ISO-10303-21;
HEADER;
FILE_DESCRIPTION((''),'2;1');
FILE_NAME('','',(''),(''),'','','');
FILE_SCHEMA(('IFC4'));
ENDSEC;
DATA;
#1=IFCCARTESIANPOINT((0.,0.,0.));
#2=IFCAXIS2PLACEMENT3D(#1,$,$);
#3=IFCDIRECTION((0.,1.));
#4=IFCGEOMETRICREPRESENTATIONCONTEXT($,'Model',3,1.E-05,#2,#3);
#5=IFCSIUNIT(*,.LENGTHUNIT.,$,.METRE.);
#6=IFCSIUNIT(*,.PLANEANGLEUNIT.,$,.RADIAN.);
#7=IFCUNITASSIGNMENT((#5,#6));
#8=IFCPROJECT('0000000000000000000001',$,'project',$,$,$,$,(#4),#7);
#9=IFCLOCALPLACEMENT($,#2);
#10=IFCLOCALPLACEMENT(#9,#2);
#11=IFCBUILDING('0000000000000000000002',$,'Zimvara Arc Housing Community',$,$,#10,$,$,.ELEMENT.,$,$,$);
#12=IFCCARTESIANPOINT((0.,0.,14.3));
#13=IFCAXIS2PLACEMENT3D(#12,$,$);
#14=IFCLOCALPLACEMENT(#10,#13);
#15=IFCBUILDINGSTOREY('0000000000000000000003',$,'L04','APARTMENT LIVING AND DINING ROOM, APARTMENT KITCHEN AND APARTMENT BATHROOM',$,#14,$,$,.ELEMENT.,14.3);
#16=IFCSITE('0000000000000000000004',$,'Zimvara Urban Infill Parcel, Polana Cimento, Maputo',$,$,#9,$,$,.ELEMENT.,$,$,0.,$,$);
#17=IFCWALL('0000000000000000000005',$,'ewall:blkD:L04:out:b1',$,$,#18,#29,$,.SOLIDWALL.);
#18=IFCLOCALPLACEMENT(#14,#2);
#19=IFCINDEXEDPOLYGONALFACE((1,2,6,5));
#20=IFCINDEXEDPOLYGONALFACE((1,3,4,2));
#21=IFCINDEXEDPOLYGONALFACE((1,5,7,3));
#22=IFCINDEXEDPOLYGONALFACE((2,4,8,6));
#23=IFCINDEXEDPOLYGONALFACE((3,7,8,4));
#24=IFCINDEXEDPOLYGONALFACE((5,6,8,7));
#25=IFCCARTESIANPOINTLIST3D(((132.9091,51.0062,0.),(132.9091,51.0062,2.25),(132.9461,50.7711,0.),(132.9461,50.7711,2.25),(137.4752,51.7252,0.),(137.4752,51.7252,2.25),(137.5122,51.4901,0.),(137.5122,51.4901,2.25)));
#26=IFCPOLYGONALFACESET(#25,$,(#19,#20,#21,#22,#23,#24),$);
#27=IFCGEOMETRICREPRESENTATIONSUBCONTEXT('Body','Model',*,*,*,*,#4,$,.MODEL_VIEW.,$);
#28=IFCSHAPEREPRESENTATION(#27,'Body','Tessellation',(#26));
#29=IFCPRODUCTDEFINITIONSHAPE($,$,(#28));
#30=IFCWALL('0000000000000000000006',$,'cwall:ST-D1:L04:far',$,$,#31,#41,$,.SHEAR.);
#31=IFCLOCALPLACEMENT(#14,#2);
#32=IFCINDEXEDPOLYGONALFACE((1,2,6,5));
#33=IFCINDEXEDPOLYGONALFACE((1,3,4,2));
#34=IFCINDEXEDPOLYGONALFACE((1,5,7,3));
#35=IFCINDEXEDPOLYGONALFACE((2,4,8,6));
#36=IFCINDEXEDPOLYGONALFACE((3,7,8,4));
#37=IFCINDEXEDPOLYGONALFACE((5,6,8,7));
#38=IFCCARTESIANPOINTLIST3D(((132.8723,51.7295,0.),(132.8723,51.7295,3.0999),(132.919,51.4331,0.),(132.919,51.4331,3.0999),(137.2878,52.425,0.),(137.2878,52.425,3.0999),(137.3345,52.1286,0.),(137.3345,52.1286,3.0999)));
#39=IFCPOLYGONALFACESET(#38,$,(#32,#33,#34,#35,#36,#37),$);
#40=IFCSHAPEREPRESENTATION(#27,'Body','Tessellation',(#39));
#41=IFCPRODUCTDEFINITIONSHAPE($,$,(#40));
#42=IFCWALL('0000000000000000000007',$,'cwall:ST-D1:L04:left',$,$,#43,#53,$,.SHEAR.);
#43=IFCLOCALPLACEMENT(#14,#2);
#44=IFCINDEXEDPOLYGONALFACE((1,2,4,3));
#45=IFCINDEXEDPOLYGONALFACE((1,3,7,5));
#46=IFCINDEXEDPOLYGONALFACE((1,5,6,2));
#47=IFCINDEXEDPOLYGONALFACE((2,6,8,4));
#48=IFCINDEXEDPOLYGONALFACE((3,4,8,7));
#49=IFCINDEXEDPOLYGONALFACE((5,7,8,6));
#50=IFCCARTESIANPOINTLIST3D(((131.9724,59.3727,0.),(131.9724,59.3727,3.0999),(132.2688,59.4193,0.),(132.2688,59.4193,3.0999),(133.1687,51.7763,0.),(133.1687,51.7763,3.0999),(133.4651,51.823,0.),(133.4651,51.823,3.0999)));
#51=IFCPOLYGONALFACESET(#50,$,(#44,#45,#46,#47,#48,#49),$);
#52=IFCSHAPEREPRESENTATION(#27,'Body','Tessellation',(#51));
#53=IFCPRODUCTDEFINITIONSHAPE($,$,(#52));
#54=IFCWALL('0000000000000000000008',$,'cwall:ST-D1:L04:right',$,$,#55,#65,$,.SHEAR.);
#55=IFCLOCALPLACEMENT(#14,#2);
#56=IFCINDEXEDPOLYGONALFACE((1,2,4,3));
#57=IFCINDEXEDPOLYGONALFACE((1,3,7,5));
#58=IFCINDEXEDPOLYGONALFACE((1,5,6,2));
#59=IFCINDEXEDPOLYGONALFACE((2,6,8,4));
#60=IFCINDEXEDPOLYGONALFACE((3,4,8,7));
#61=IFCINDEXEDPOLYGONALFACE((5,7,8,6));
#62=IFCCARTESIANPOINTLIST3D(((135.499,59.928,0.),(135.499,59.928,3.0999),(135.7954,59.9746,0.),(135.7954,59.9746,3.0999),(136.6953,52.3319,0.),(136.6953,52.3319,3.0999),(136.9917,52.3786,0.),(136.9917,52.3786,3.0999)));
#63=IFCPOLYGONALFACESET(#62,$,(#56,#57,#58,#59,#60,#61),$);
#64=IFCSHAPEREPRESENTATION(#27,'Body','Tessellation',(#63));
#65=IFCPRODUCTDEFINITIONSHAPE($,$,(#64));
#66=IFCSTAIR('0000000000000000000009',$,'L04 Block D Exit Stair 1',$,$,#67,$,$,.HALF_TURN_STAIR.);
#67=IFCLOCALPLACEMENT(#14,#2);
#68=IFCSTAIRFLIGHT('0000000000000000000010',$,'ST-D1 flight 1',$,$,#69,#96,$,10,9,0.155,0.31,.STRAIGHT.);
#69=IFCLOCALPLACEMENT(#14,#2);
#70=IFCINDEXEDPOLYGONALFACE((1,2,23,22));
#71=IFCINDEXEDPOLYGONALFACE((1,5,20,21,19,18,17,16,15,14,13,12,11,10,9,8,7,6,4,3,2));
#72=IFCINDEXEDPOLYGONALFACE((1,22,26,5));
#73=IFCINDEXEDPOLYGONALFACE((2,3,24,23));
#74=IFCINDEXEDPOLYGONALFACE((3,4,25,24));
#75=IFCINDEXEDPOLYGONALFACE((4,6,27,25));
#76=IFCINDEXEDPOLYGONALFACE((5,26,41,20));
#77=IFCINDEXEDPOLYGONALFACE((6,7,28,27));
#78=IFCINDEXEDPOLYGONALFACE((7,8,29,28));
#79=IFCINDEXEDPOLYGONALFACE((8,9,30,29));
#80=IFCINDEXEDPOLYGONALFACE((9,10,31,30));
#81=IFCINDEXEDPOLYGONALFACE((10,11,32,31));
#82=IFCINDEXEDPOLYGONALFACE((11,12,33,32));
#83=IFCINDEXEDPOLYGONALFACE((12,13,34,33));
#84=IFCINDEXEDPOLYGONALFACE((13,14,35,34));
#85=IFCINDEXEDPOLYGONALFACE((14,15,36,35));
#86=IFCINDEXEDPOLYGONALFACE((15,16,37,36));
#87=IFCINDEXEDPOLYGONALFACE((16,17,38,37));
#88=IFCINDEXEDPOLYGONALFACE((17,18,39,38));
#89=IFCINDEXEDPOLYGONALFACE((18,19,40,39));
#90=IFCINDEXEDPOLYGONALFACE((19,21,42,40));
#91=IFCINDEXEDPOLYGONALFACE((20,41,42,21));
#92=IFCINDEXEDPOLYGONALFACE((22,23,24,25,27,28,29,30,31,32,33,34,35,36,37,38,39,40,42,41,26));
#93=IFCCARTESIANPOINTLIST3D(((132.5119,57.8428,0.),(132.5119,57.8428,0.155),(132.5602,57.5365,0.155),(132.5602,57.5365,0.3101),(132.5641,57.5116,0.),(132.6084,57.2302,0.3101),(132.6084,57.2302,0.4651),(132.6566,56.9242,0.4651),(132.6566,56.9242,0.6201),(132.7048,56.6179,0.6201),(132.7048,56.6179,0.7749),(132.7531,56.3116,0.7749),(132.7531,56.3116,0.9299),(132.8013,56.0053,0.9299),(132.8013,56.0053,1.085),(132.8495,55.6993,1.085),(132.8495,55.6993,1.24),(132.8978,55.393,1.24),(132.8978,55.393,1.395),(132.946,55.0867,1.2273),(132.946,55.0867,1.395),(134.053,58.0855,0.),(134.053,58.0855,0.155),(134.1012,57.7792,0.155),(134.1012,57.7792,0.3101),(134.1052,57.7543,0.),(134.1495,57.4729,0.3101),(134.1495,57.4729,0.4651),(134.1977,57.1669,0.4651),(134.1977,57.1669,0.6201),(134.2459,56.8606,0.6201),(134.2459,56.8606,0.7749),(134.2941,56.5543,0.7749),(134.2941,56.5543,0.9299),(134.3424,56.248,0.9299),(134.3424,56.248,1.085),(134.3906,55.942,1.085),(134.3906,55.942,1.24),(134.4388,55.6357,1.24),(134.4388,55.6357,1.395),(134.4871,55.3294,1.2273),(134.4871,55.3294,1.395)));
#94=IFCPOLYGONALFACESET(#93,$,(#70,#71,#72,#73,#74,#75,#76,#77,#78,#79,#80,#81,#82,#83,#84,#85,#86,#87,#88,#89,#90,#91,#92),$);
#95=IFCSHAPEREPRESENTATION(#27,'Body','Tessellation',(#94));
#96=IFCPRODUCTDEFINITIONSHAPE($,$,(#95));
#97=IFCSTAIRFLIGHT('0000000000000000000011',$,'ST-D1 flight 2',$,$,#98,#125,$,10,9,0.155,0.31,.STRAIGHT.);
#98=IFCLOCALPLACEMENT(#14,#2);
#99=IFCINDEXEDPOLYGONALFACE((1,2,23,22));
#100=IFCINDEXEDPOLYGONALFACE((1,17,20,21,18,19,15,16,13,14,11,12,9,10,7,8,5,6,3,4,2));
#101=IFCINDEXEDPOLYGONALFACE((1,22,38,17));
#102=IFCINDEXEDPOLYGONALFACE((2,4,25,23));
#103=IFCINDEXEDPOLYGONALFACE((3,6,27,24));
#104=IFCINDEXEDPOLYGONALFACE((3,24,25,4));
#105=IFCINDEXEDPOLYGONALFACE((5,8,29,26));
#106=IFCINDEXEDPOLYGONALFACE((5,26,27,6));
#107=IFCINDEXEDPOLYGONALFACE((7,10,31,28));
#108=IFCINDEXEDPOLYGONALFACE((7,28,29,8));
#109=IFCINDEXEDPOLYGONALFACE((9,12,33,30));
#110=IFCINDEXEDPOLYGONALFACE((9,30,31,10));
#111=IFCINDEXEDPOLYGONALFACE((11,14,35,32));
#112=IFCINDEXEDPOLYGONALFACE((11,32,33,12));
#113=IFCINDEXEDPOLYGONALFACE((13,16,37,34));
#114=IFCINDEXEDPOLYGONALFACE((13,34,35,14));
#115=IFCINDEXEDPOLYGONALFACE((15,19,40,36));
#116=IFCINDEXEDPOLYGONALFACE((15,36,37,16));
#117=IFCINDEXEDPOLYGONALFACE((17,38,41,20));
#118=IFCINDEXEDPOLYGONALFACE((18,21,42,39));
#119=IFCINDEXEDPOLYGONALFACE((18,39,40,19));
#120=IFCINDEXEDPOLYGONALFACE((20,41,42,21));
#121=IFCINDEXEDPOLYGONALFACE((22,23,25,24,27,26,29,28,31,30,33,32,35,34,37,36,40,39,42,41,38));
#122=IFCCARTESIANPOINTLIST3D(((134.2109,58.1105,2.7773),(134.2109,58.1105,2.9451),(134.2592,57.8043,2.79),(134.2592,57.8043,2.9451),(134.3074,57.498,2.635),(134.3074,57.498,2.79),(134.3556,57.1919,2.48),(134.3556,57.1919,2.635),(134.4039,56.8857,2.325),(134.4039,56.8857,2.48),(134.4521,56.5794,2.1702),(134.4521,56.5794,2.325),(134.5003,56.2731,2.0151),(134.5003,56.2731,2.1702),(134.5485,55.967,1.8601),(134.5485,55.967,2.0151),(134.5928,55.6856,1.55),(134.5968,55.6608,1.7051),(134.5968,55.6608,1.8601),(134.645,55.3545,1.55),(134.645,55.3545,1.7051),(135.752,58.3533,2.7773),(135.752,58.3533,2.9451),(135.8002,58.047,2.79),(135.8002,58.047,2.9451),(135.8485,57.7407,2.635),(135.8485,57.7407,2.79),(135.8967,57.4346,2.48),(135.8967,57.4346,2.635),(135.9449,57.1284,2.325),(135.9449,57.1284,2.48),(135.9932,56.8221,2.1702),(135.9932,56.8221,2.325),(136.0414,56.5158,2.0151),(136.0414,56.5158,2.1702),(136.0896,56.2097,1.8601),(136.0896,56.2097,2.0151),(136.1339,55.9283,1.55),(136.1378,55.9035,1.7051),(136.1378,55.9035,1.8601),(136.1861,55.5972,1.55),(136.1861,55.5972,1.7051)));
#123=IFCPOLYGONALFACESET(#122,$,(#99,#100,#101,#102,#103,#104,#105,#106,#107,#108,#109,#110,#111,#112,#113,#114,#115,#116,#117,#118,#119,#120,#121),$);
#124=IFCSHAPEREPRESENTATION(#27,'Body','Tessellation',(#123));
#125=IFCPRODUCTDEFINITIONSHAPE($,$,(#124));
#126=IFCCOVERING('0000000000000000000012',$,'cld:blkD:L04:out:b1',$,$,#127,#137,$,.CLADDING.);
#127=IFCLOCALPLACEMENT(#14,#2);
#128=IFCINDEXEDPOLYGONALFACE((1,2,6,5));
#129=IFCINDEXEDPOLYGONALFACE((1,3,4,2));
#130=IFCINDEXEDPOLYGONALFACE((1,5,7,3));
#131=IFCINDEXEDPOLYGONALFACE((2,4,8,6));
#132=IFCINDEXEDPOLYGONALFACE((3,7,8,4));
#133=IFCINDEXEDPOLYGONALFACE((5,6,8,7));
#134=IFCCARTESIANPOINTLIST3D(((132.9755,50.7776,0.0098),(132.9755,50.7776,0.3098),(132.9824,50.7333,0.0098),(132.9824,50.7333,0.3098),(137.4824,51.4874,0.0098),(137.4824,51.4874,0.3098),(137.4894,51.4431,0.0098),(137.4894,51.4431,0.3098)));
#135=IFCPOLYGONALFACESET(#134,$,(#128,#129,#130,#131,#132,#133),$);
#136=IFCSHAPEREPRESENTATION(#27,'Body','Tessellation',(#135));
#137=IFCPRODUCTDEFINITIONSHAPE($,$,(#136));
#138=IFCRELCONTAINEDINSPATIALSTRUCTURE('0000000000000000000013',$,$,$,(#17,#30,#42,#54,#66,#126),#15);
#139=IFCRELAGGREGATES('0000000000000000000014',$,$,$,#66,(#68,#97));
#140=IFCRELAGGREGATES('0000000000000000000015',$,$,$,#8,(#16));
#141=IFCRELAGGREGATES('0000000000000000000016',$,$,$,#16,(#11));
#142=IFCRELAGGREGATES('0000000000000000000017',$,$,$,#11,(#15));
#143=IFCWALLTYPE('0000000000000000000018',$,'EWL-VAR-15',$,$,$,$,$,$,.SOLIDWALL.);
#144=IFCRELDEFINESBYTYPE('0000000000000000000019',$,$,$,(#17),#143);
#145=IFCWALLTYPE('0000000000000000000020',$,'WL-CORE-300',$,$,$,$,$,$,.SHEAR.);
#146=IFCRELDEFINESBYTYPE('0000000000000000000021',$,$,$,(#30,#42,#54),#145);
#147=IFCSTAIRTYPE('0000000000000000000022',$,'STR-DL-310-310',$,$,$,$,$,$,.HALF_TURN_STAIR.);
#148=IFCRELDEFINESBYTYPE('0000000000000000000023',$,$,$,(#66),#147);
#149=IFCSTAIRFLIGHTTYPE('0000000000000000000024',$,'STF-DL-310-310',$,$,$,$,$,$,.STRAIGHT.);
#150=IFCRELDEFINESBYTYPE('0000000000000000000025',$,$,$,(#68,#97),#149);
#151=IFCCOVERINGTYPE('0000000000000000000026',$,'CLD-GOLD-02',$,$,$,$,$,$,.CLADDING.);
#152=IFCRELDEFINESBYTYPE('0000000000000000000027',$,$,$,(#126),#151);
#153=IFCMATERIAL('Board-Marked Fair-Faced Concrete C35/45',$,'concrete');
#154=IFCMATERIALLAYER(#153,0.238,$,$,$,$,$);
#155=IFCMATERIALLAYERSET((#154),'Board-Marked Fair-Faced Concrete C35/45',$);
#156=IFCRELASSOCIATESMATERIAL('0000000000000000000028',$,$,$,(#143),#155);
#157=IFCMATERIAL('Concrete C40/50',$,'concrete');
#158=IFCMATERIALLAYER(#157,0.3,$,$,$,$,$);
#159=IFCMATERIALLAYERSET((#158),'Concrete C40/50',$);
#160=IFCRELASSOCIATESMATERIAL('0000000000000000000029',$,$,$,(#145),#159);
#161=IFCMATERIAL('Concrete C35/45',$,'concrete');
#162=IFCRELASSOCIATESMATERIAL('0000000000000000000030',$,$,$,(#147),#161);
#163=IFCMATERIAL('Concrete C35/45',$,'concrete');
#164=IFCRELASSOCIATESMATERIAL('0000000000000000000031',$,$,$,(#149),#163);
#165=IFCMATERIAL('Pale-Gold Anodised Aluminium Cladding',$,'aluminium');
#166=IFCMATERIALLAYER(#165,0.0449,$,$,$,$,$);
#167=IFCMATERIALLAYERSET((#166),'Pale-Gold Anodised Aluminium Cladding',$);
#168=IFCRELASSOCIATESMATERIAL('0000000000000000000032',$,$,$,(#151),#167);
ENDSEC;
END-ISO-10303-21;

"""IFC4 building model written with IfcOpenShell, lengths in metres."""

from ifc_helpers import new_model, si_unit, direction, frame, frame_2d, origin, origin_2d, place, context, subcontext, project, spatial, polyline, rectangle, outline, extrude, material, layer, layer_set, type_object, element, aggregate, save


model = new_model("IFC4")

# Units and contexts
model_context = context("Model", 3, precision=1e-05, world=origin(), true_north=direction((0.0, 1.0)))
body_context = subcontext(model_context, "Body", "Model", "MODEL_VIEW")
ifc_project = project(units=[si_unit("LENGTHUNIT", "METRE"), si_unit("PLANEANGLEUNIT", "RADIAN")], contexts=[model_context])

# Site, building, storey
site_placement = place(None, origin())
site = spatial("IfcSite", under=ifc_project, at=site_placement, Name="Zimvara Urban Infill Parcel, Polana Cimento, Maputo", CompositionType="ELEMENT", RefElevation=0.0)
building_placement = place(site_placement, origin())
building = spatial("IfcBuilding", under=site, at=building_placement, Name="Zimvara Arc Housing Community", CompositionType="ELEMENT")
storey_placement = place(building_placement, frame((0.0, 0.0, 14.3)))
storey = spatial("IfcBuildingStorey", under=building, at=storey_placement, Name="L04", Description="APARTMENT LIVING AND DINING ROOM, APARTMENT KITCHEN AND APARTMENT BATHROOM", CompositionType="ELEMENT", Elevation=14.3)

# Wall
ifc_material_1 = material(Name="Board-Marked Fair-Faced Concrete C35/45", Category="concrete")
ifc_layer_1 = layer(ifc_material_1, 0.238)
ifc_layer_set_1 = layer_set([ifc_layer_1], Name="Board-Marked Fair-Faced Concrete C35/45")
wall_type_1 = type_object("IfcWallType", Name="EWL-VAR-15", PredefinedType="SOLIDWALL", material=ifc_layer_set_1)
wall_1_placement = place(storey_placement, frame((132.9277, 50.8887, 0.0), z_axis=(0.0, 0.0, 1.0), x_axis=(0.987829, 0.155545, 0.0)))
element("IfcWall", 1, at=wall_1_placement, inside=storey, type_object=wall_type_1, Name="ewall:blkD:L04:out:b1", PredefinedType="SOLIDWALL", context=body_context, shape_type="SweptSolid", body=[
    extrude(rectangle(XDim=4.6223, YDim=0.238, at=frame_2d((2.311, 0.0))), origin(), (0.0, 0.0, 1.0), 2.25),
])

# Shared definitions
ifc_material_2 = material(Name="Concrete C40/50", Category="concrete")
ifc_layer_2 = layer(ifc_material_2, 0.3)
ifc_layer_set_2 = layer_set([ifc_layer_2], Name="Concrete C40/50")
wall_type_2 = type_object("IfcWallType", Name="WL-CORE-300", PredefinedType="SHEAR", material=ifc_layer_set_2)

# Walls
wall_2_placement = place(storey_placement, frame((132.8958, 51.5813, 0.0), z_axis=(0.0, 0.0, 1.0), x_axis=(0.987819, 0.155606, 0.0)))
element("IfcWall", 2, at=wall_2_placement, inside=storey, type_object=wall_type_2, Name="cwall:ST-D1:L04:far", PredefinedType="SHEAR", context=body_context, shape_type="SweptSolid", body=[
    extrude(rectangle(XDim=4.47, YDim=0.3, at=frame_2d((2.2349, 0.0))), origin(), (0.0, 0.0, 1.0), 3.0999),
])
wall_3_placement = place(storey_placement, frame((132.1206, 59.396, 0.0), z_axis=(0.0, 0.0, 1.0), x_axis=(0.155563, -0.987826, 0.0)))
element("IfcWall", 3, at=wall_3_placement, inside=storey, type_object=wall_type_2, Name="cwall:ST-D1:L04:left", PredefinedType="SHEAR", context=body_context, shape_type="SweptSolid", body=[
    extrude(rectangle(XDim=7.6899, YDim=0.3, at=frame_2d((3.845, 0.0))), origin(), (0.0, 0.0, 1.0), 3.0999),
])
wall_4_placement = place(storey_placement, frame((135.6472, 59.9512, 0.0), z_axis=(0.0, 0.0, 1.0), x_axis=(0.155568, -0.987825, 0.0)))
element("IfcWall", 4, at=wall_4_placement, inside=storey, type_object=wall_type_2, Name="cwall:ST-D1:L04:right", PredefinedType="SHEAR", context=body_context, shape_type="SweptSolid", body=[
    extrude(rectangle(XDim=7.6897, YDim=0.3, at=frame_2d((3.8447, 0.0))), origin(), (0.0, 0.0, 1.0), 3.0999),
])

# Stair, stair flights
ifc_material_3 = material(Name="Concrete C35/45", Category="concrete")
stair_type = type_object("IfcStairType", Name="STR-DL-310-310", PredefinedType="HALF_TURN_STAIR", material=ifc_material_3)
stair_placement = place(storey_placement, origin())
stair = element("IfcStair", 5, at=stair_placement, inside=storey, type_object=stair_type, Name="L04 Block D Exit Stair 1", PredefinedType="HALF_TURN_STAIR")
ifc_material_4 = material(Name="Concrete C35/45", Category="concrete")
stair_flight_type = type_object("IfcStairFlightType", Name="STF-DL-310-310", PredefinedType="STRAIGHT", material=ifc_material_4)
stair_flight_1_placement = place(storey_placement, frame((133.2825, 57.9641, 0.0), z_axis=(0.0, 0.0, 1.0), x_axis=(0.155572, -0.987824, 0.0)))
stair_flight_1 = element("IfcStairFlight", 6, at=stair_flight_1_placement, type_object=stair_flight_type, Name="ST-D1 flight 1", NumberOfRisers=10, NumberOfTreads=9, PredefinedType="STRAIGHT", RiserHeight=0.155, TreadLength=0.31, context=body_context, shape_type="SweptSolid", body=[
    extrude(outline(polyline([(0.0, 0.0), (0.0, 0.155), (0.3101, 0.155), (0.3101, 0.3101), (0.6201, 0.3101), (0.6201, 0.4651), (0.9299, 0.4651), (0.9299, 0.6201), (1.24, 0.6201), (1.24, 0.7749), (1.55, 0.7749), (1.55, 0.9299), (1.8601, 0.9299), (1.8601, 1.085), (2.1699, 1.085), (2.1699, 1.24), (2.48, 1.24), (2.48, 1.395), (2.79, 1.395), (2.79, 1.55), (2.79, 1.2273), (0.3352, 0.0), (0.0, 0.0)])), frame((0.0, 0.78, 0.0), z_axis=(0.0, -1.0, 0.0), x_axis=(1.0, 0.0, 0.0)), (0.0, 0.0, 1.0), 1.5601),
])
stair_flight_2_placement = place(storey_placement, frame((135.4155, 55.4758, 1.55), z_axis=(0.0, 0.0, 1.0), x_axis=(-0.155572, 0.987824, 0.0)))
stair_flight_2 = element("IfcStairFlight", 7, at=stair_flight_2_placement, type_object=stair_flight_type, Name="ST-D1 flight 2", NumberOfRisers=10, NumberOfTreads=9, PredefinedType="STRAIGHT", RiserHeight=0.155, TreadLength=0.31, context=body_context, shape_type="SweptSolid", body=[
    extrude(outline(polyline([(0.0, 0.0), (0.0, 0.155), (0.3101, 0.155), (0.3101, 0.3101), (0.6201, 0.3101), (0.6201, 0.4651), (0.9299, 0.4651), (0.9299, 0.6201), (1.24, 0.6201), (1.24, 0.7749), (1.55, 0.7749), (1.55, 0.9299), (1.8601, 0.9299), (1.8601, 1.085), (2.1699, 1.085), (2.1699, 1.24), (2.48, 1.24), (2.48, 1.395), (2.79, 1.395), (2.79, 1.55), (2.79, 1.2273), (0.3352, 0.0), (0.0, 0.0)])), frame((0.0, 0.78, 0.0), z_axis=(0.0, -1.0, 0.0), x_axis=(1.0, 0.0, 0.0)), (0.0, 0.0, 1.0), 1.5601),
])
aggregate(stair, [stair_flight_1, stair_flight_2])

# Covering
ifc_material_5 = material(Name="Pale-Gold Anodised Aluminium Cladding", Category="aluminium")
ifc_layer_3 = layer(ifc_material_5, 0.0449)
ifc_layer_set_3 = layer_set([ifc_layer_3], Name="Pale-Gold Anodised Aluminium Cladding")
covering_type = type_object("IfcCoveringType", Name="CLD-GOLD-02", PredefinedType="CLADDING", material=ifc_layer_set_3)
covering_placement = place(storey_placement, frame((135.2324, 51.1104, 0.0098), z_axis=(0.0, 0.0, 1.0), x_axis=(0.987824, 0.155572, 0.0)))
element("IfcCovering", 8, at=covering_placement, inside=storey, type_object=covering_type, Name="cld:blkD:L04:out:b1", PredefinedType="CLADDING", context=body_context, shape_type="SweptSolid", body=[
    extrude(rectangle(XDim=4.5625, YDim=0.0449, at=origin_2d()), origin(), (0.0, 0.0, 1.0), 0.3),
])

save(model, "model.ifc")
